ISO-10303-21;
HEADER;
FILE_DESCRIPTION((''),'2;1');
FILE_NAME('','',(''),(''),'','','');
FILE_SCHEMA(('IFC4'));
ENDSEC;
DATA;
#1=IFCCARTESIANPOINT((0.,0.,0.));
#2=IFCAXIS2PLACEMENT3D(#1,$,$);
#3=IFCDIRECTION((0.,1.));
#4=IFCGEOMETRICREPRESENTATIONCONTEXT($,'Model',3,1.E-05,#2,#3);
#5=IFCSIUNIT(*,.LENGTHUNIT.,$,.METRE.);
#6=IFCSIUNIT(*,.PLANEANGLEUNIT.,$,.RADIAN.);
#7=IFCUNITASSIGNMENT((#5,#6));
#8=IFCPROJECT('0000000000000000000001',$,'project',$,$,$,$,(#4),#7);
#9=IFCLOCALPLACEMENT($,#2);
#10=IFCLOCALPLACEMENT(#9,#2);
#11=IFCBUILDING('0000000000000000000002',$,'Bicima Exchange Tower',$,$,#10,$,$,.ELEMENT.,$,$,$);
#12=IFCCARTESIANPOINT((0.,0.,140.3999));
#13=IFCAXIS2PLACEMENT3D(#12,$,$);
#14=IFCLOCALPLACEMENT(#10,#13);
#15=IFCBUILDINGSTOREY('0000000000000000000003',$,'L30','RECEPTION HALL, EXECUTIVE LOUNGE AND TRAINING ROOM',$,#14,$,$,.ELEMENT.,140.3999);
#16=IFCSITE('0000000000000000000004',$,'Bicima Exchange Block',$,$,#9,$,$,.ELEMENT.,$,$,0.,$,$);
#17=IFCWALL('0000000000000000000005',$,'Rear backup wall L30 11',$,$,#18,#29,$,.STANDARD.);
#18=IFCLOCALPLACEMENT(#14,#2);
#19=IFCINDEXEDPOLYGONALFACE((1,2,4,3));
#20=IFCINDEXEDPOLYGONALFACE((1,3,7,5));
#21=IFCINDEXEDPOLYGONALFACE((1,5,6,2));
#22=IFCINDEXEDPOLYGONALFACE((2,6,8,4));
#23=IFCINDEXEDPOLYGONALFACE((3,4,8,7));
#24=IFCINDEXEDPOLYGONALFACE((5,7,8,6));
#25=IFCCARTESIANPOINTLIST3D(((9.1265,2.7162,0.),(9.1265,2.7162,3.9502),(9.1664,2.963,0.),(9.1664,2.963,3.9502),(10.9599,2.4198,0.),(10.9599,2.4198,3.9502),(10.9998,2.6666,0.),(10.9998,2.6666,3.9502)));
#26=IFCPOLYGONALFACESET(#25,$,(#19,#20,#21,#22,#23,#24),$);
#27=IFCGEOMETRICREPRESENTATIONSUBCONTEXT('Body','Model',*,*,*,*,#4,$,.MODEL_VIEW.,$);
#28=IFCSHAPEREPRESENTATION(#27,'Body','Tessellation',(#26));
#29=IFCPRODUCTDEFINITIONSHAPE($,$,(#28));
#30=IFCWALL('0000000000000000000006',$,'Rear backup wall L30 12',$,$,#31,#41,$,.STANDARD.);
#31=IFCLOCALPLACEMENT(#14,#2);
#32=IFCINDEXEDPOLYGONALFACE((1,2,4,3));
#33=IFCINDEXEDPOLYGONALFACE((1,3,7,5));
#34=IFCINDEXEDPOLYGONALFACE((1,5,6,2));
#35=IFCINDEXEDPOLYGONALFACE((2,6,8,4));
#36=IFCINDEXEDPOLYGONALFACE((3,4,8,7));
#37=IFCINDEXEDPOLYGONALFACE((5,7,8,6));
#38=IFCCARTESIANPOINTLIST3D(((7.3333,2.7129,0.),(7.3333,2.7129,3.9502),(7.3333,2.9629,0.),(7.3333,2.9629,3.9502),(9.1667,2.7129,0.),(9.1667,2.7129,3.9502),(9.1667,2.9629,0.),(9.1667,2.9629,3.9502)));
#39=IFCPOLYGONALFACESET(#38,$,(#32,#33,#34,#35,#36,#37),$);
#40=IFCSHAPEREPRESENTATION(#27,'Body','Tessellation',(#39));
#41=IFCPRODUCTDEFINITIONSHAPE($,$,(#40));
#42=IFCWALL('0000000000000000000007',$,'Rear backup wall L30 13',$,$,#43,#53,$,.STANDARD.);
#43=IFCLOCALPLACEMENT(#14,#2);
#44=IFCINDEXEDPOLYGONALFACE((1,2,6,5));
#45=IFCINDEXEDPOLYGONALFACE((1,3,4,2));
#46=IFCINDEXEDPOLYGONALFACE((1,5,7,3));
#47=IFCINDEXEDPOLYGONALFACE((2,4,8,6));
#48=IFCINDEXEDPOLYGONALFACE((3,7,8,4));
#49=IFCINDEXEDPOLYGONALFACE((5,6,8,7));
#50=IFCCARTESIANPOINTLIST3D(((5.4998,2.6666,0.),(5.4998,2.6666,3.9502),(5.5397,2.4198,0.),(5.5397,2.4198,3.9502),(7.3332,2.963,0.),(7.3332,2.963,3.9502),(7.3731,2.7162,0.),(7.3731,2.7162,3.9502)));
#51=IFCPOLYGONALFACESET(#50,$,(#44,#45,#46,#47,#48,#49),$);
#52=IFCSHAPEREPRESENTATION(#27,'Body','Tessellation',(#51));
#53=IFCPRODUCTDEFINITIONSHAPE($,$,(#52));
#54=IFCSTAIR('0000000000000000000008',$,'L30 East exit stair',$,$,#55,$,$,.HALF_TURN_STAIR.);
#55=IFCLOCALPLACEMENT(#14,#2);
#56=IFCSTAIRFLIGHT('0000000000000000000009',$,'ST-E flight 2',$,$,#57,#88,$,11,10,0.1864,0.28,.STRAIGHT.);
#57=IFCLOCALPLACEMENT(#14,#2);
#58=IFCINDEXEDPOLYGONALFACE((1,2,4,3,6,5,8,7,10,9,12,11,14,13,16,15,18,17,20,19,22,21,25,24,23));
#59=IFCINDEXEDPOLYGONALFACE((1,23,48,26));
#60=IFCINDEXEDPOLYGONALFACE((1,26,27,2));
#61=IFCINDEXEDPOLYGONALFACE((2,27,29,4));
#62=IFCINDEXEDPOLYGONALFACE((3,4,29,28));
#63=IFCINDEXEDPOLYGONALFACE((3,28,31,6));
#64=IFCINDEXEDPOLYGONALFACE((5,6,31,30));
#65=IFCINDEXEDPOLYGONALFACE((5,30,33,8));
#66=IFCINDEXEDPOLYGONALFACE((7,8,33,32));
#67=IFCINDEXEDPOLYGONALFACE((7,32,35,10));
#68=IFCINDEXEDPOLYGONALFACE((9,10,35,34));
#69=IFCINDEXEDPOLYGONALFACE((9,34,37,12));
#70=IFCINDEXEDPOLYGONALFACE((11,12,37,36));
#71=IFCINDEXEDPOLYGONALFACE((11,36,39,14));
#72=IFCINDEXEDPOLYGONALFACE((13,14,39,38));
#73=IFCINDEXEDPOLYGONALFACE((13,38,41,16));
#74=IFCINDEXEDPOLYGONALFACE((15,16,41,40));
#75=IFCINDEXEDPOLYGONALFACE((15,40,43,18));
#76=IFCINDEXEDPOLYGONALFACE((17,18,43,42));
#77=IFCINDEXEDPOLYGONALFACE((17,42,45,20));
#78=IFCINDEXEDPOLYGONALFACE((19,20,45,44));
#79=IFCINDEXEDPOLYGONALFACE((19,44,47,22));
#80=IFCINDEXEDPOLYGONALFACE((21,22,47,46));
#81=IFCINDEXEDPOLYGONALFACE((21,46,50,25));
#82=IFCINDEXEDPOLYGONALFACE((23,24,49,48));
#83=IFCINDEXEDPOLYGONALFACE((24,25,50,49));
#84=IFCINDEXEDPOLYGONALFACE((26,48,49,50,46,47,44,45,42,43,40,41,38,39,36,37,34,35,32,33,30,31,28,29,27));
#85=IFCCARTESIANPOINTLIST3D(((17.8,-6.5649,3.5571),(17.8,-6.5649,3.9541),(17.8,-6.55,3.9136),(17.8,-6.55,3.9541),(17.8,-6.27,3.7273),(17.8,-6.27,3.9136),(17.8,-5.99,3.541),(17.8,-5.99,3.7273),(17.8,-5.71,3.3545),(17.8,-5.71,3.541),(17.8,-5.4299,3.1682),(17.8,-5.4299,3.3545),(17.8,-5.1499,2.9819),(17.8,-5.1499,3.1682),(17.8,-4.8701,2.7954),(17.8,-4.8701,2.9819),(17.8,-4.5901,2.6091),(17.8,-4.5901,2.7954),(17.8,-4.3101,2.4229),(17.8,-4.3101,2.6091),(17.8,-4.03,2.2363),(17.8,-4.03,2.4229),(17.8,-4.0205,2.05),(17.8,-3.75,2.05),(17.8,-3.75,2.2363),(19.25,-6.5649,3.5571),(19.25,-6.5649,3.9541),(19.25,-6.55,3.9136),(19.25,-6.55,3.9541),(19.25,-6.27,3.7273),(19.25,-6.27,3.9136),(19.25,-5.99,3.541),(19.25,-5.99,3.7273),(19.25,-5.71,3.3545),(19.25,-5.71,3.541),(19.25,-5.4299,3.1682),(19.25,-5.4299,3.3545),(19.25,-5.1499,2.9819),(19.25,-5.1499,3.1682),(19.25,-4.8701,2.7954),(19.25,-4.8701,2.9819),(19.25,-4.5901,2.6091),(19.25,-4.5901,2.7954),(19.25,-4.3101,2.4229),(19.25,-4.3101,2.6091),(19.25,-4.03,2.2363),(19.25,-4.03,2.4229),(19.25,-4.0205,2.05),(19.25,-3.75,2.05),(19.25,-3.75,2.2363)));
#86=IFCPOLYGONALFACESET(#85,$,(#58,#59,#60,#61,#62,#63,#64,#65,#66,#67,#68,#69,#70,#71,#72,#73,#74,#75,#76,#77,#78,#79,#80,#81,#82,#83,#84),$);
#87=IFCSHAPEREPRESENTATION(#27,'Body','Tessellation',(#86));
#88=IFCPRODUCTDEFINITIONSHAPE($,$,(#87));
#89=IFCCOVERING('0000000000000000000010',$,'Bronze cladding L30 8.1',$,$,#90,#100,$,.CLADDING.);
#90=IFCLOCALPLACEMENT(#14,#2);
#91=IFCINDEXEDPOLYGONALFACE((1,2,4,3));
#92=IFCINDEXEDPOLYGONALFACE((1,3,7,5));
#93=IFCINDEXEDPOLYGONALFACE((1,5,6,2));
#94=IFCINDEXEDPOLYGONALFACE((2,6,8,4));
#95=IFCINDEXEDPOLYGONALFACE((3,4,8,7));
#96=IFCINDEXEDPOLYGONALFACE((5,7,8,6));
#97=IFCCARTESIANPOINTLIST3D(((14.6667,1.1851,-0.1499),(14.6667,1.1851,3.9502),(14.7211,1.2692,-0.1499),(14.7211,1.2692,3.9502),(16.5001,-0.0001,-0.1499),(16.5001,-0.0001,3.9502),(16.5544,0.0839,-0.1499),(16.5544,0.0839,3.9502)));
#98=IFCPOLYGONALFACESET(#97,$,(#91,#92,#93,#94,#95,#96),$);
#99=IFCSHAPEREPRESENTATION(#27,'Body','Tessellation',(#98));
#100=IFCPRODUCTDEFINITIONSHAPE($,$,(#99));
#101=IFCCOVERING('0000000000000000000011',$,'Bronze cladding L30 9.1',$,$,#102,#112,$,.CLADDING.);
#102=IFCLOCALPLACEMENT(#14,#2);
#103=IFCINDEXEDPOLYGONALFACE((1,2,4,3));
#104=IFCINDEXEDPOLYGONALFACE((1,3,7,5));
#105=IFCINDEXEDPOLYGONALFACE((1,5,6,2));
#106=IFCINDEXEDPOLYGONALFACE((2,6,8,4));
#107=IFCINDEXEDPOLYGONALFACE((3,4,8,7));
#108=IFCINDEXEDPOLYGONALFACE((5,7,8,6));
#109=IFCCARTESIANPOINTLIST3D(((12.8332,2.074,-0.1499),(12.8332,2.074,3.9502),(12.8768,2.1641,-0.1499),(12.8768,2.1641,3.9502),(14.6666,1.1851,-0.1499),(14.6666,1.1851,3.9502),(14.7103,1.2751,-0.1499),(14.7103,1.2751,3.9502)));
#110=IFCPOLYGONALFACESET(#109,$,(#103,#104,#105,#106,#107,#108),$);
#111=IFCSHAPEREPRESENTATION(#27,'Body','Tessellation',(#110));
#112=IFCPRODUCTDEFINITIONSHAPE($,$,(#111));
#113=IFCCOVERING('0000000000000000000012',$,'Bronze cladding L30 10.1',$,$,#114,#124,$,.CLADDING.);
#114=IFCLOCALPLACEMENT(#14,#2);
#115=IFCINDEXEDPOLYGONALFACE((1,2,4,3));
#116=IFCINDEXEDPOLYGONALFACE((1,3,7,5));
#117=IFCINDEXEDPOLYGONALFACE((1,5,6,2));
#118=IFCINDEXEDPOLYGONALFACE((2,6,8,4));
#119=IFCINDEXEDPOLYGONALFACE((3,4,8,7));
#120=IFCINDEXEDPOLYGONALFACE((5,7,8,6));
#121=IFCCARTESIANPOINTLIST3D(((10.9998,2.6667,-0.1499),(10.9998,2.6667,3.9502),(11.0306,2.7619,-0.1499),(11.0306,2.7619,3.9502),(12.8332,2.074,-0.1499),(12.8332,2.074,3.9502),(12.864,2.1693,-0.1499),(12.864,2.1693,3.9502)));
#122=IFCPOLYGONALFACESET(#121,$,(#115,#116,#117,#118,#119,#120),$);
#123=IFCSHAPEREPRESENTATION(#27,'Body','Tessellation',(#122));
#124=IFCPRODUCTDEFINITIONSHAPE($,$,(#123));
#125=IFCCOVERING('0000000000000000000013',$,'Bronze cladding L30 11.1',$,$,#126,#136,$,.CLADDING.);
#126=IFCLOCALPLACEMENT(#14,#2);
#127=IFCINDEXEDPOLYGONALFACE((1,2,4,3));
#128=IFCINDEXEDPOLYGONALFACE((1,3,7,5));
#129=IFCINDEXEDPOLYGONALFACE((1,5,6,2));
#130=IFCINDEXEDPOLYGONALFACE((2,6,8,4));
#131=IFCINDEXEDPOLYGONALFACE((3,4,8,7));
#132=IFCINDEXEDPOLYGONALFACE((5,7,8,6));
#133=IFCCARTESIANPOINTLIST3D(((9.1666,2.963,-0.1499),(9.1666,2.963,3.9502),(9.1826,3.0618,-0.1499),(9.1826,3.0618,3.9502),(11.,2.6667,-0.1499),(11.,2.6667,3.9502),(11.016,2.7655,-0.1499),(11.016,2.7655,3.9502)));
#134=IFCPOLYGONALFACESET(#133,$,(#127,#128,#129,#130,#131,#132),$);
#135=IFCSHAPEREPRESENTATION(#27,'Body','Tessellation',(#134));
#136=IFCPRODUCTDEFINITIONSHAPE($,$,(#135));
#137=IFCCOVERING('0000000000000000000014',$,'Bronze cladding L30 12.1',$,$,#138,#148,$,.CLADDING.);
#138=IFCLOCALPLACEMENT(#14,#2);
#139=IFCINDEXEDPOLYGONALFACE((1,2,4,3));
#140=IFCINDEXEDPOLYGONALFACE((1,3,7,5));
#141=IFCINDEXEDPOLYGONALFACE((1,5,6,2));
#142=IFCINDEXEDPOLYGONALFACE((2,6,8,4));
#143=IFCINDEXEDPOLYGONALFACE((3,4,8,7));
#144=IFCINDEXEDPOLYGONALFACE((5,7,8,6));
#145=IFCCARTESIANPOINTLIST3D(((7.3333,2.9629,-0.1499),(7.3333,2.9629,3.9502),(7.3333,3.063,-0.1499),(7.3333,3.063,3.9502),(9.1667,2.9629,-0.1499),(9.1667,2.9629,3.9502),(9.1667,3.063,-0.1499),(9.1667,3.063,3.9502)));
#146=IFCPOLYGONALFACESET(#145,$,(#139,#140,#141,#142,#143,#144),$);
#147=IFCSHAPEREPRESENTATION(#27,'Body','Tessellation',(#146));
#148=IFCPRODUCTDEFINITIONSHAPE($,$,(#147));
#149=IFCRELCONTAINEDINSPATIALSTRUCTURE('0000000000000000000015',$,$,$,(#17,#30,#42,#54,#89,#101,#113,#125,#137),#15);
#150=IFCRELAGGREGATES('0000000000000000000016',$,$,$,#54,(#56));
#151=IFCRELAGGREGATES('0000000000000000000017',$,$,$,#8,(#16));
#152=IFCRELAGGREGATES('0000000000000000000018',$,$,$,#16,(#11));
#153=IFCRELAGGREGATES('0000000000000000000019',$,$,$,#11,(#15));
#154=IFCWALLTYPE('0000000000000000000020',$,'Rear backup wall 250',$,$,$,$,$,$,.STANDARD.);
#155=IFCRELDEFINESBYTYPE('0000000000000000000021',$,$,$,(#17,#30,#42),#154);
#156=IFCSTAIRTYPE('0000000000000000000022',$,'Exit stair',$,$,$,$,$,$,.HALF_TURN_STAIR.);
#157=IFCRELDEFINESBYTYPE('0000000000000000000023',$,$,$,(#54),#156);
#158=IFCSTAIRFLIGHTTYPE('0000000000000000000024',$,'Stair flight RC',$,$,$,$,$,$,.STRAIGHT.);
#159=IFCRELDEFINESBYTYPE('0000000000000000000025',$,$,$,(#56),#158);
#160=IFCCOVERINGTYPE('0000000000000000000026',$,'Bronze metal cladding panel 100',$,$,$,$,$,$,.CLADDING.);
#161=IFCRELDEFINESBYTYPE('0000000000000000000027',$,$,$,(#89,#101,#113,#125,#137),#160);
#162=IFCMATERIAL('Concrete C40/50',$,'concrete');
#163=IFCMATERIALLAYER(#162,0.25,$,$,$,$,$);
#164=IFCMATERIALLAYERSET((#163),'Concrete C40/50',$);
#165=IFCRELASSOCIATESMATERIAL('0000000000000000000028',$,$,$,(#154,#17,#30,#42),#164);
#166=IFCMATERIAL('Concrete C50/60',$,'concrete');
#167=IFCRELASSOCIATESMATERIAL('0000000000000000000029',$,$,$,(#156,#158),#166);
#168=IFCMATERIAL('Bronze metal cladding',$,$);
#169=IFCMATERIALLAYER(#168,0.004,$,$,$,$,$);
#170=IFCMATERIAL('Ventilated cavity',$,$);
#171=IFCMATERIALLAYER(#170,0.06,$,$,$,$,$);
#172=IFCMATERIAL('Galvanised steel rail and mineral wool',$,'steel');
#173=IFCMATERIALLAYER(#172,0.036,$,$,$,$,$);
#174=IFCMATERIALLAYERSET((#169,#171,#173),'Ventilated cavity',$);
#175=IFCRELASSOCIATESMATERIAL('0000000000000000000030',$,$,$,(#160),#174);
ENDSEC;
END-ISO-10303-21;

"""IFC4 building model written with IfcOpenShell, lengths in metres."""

from ifc_helpers import new_model, si_unit, direction, frame, frame_2d, origin, origin_2d, place, context, subcontext, project, spatial, polyline, rectangle, outline, extrude, material, layer, layer_set, layer_usage, type_object, element, aggregate, save


model = new_model("IFC4")

# Units and contexts
model_context = context("Model", 3, precision=1e-05, world=origin(), true_north=direction((0.0, 1.0)))
body_context = subcontext(model_context, "Body", "Model", "MODEL_VIEW")
ifc_project = project(units=[si_unit("LENGTHUNIT", "METRE"), si_unit("PLANEANGLEUNIT", "RADIAN")], contexts=[model_context])

# Site, building, storey
site_placement = place(None, origin())
site = spatial("IfcSite", under=ifc_project, at=site_placement, Name="Bicima Exchange Block", CompositionType="ELEMENT", RefElevation=0.0)
building_placement = place(site_placement, origin())
building = spatial("IfcBuilding", under=site, at=building_placement, Name="Bicima Exchange Tower", CompositionType="ELEMENT")
storey_placement = place(building_placement, frame((0.0, 0.0, 140.3999)))
storey = spatial("IfcBuildingStorey", under=building, at=storey_placement, Name="L30", Description="RECEPTION HALL, EXECUTIVE LOUNGE AND TRAINING ROOM", CompositionType="ELEMENT", Elevation=140.3999)

# Shared definitions
ifc_material_1 = material(Name="Concrete C50/60", Category="concrete")

# Walls
ifc_material_2 = material(Name="Concrete C40/50", Category="concrete")
ifc_layer_1 = layer(ifc_material_2, 0.25)
ifc_layer_set_1 = layer_set([ifc_layer_1], Name="Concrete C40/50")
ifc_layer_usage = layer_usage(ifc_layer_set_1, "AXIS2", "POSITIVE", -0.125)
wall_type_1 = type_object("IfcWallType", Name="Rear backup wall 250", PredefinedType="STANDARD", material=ifc_layer_set_1)
wall_1_placement = place(storey_placement, frame((10.98, 2.5432, 0.0), z_axis=(0.0, 0.0, 1.0), x_axis=(-0.987182, 0.1596, 0.0)))
element("IfcWall", 1, at=wall_1_placement, inside=storey, type_object=wall_type_1, material=ifc_layer_usage, Name="Rear backup wall L30 11", PredefinedType="STANDARD", context=body_context, shape_type="SweptSolid", body=[
    extrude(rectangle(XDim=1.8572, YDim=0.25, at=frame_2d((0.9287, 0.0))), origin(), (0.0, 0.0, 1.0), 3.9502),
])
wall_2_placement = place(storey_placement, frame((9.1667, 2.8379, 0.0), z_axis=(0.0, 0.0, 1.0), x_axis=(-1.0, 0.0, 0.0)))
element("IfcWall", 2, at=wall_2_placement, inside=storey, type_object=wall_type_1, material=ifc_layer_usage, Name="Rear backup wall L30 12", PredefinedType="STANDARD", context=body_context, shape_type="SweptSolid", body=[
    extrude(rectangle(XDim=1.8335, YDim=0.25, at=frame_2d((0.9167, 0.0))), origin(), (0.0, 0.0, 1.0), 3.9502),
])
wall_3_placement = place(storey_placement, frame((7.3533, 2.8396, 0.0), z_axis=(0.0, 0.0, 1.0), x_axis=(-0.987182, -0.1596, 0.0)))
element("IfcWall", 3, at=wall_3_placement, inside=storey, type_object=wall_type_1, material=ifc_layer_usage, Name="Rear backup wall L30 13", PredefinedType="STANDARD", context=body_context, shape_type="SweptSolid", body=[
    extrude(rectangle(XDim=1.8572, YDim=0.25, at=frame_2d((0.9287, 0.0))), origin(), (0.0, 0.0, 1.0), 3.9502),
])

# Stair, stair flight
stair_type = type_object("IfcStairType", Name="Exit stair", PredefinedType="HALF_TURN_STAIR", material=ifc_material_1)
stair_placement = place(storey_placement, origin())
stair = element("IfcStair", 4, at=stair_placement, inside=storey, type_object=stair_type, Name="L30 East exit stair", PredefinedType="HALF_TURN_STAIR")
stair_flight_type = type_object("IfcStairFlightType", Name="Stair flight RC", PredefinedType="STRAIGHT", material=ifc_material_1)
stair_flight_placement = place(storey_placement, frame((18.5249, -3.75, 2.05), z_axis=(0.0, 0.0, 1.0), x_axis=(0.0, -1.0, 0.0)))
stair_flight = element("IfcStairFlight", 5, at=stair_flight_placement, type_object=stair_flight_type, Name="ST-E flight 2", NumberOfRisers=11, NumberOfTreads=10, PredefinedType="STRAIGHT", RiserHeight=0.1864, TreadLength=0.28, context=body_context, shape_type="SweptSolid", body=[
    extrude(outline(polyline([(0.0, 0.0), (0.0, 0.1863), (0.28, 0.1863), (0.28, 0.3728), (0.5601, 0.3728), (0.5601, 0.5591), (0.8401, 0.5591), (0.8401, 0.7454), (1.1201, 0.7454), (1.1201, 0.9319), (1.3999, 0.9319), (1.3999, 1.1182), (1.6799, 1.1182), (1.6799, 1.3044), (1.96, 1.3044), (1.96, 1.491), (2.24, 1.491), (2.24, 1.6772), (2.52, 1.6772), (2.52, 1.8635), (2.8, 1.8635), (2.8, 1.9041), (2.8149, 1.9041), (2.8149, 1.5071), (0.2705, 0.0), (0.0, 0.0)])), frame((0.0, 0.7251, 0.0), z_axis=(0.0, -1.0, 0.0), x_axis=(1.0, 0.0, 0.0)), (0.0, 0.0, 1.0), 1.45),
])
aggregate(stair, [stair_flight])

# Coverings
ifc_material_3 = material(Name="Bronze metal cladding")
ifc_layer_2 = layer(ifc_material_3, 0.004)
ifc_material_4 = material(Name="Ventilated cavity")
ifc_layer_3 = layer(ifc_material_4, 0.06)
ifc_material_5 = material(Name="Galvanised steel rail and mineral wool", Category="steel")
ifc_layer_4 = layer(ifc_material_5, 0.036)
ifc_layer_set_2 = layer_set([ifc_layer_2, ifc_layer_3, ifc_layer_4], Name="Ventilated cavity")
covering_type = type_object("IfcCoveringType", Name="Bronze metal cladding panel 100", PredefinedType="CLADDING", material=ifc_layer_set_2)
covering_1_placement = place(storey_placement, frame((15.6106, 0.6345, -0.1499), z_axis=(0.0, 0.0, 1.0), x_axis=(-0.83979, 0.542911, 0.0)))
element("IfcCovering", 6, at=covering_1_placement, inside=storey, type_object=covering_type, Name="Bronze cladding L30 8.1", PredefinedType="CLADDING", context=body_context, shape_type="SweptSolid", body=[
    extrude(rectangle(XDim=2.1831, YDim=0.1001, at=origin_2d()), origin(), (0.0, 0.0, 1.0), 4.1001),
])
covering_2_placement = place(storey_placement, frame((13.7717, 1.6746, -0.1499), z_axis=(0.0, 0.0, 1.0), x_axis=(-0.899818, 0.436265, 0.0)))
element("IfcCovering", 7, at=covering_2_placement, inside=storey, type_object=covering_type, Name="Bronze cladding L30 9.1", PredefinedType="CLADDING", context=body_context, shape_type="SweptSolid", body=[
    extrude(rectangle(XDim=2.0376, YDim=0.1001, at=origin_2d()), origin(), (0.0, 0.0, 1.0), 4.1001),
])
covering_3_placement = place(storey_placement, frame((11.9319, 2.418, -0.1499), z_axis=(0.0, 0.0, 1.0), x_axis=(-0.951525, 0.307573, 0.0)))
element("IfcCovering", 8, at=covering_3_placement, inside=storey, type_object=covering_type, Name="Bronze cladding L30 10.1", PredefinedType="CLADDING", context=body_context, shape_type="SweptSolid", body=[
    extrude(rectangle(XDim=1.9268, YDim=0.1001, at=origin_2d()), origin(), (0.0, 0.0, 1.0), 4.1001),
])
covering_4_placement = place(storey_placement, frame((10.0913, 2.8643, -0.1499), z_axis=(0.0, 0.0, 1.0), x_axis=(-0.98719, 0.15955, 0.0)))
element("IfcCovering", 9, at=covering_4_placement, inside=storey, type_object=covering_type, Name="Bronze cladding L30 11.1", PredefinedType="CLADDING", context=body_context, shape_type="SweptSolid", body=[
    extrude(rectangle(XDim=1.8572, YDim=0.1001, at=origin_2d()), origin(), (0.0, 0.0, 1.0), 4.1001),
])
covering_5_placement = place(storey_placement, frame((8.25, 3.0129, -0.1499), z_axis=(0.0, 0.0, 1.0), x_axis=(-1.0, 0.0, 0.0)))
element("IfcCovering", 10, at=covering_5_placement, inside=storey, type_object=covering_type, Name="Bronze cladding L30 12.1", PredefinedType="CLADDING", context=body_context, shape_type="SweptSolid", body=[
    extrude(rectangle(XDim=1.8335, YDim=0.1001, at=origin_2d()), origin(), (0.0, 0.0, 1.0), 4.1001),
])

save(model, "model.ifc")
